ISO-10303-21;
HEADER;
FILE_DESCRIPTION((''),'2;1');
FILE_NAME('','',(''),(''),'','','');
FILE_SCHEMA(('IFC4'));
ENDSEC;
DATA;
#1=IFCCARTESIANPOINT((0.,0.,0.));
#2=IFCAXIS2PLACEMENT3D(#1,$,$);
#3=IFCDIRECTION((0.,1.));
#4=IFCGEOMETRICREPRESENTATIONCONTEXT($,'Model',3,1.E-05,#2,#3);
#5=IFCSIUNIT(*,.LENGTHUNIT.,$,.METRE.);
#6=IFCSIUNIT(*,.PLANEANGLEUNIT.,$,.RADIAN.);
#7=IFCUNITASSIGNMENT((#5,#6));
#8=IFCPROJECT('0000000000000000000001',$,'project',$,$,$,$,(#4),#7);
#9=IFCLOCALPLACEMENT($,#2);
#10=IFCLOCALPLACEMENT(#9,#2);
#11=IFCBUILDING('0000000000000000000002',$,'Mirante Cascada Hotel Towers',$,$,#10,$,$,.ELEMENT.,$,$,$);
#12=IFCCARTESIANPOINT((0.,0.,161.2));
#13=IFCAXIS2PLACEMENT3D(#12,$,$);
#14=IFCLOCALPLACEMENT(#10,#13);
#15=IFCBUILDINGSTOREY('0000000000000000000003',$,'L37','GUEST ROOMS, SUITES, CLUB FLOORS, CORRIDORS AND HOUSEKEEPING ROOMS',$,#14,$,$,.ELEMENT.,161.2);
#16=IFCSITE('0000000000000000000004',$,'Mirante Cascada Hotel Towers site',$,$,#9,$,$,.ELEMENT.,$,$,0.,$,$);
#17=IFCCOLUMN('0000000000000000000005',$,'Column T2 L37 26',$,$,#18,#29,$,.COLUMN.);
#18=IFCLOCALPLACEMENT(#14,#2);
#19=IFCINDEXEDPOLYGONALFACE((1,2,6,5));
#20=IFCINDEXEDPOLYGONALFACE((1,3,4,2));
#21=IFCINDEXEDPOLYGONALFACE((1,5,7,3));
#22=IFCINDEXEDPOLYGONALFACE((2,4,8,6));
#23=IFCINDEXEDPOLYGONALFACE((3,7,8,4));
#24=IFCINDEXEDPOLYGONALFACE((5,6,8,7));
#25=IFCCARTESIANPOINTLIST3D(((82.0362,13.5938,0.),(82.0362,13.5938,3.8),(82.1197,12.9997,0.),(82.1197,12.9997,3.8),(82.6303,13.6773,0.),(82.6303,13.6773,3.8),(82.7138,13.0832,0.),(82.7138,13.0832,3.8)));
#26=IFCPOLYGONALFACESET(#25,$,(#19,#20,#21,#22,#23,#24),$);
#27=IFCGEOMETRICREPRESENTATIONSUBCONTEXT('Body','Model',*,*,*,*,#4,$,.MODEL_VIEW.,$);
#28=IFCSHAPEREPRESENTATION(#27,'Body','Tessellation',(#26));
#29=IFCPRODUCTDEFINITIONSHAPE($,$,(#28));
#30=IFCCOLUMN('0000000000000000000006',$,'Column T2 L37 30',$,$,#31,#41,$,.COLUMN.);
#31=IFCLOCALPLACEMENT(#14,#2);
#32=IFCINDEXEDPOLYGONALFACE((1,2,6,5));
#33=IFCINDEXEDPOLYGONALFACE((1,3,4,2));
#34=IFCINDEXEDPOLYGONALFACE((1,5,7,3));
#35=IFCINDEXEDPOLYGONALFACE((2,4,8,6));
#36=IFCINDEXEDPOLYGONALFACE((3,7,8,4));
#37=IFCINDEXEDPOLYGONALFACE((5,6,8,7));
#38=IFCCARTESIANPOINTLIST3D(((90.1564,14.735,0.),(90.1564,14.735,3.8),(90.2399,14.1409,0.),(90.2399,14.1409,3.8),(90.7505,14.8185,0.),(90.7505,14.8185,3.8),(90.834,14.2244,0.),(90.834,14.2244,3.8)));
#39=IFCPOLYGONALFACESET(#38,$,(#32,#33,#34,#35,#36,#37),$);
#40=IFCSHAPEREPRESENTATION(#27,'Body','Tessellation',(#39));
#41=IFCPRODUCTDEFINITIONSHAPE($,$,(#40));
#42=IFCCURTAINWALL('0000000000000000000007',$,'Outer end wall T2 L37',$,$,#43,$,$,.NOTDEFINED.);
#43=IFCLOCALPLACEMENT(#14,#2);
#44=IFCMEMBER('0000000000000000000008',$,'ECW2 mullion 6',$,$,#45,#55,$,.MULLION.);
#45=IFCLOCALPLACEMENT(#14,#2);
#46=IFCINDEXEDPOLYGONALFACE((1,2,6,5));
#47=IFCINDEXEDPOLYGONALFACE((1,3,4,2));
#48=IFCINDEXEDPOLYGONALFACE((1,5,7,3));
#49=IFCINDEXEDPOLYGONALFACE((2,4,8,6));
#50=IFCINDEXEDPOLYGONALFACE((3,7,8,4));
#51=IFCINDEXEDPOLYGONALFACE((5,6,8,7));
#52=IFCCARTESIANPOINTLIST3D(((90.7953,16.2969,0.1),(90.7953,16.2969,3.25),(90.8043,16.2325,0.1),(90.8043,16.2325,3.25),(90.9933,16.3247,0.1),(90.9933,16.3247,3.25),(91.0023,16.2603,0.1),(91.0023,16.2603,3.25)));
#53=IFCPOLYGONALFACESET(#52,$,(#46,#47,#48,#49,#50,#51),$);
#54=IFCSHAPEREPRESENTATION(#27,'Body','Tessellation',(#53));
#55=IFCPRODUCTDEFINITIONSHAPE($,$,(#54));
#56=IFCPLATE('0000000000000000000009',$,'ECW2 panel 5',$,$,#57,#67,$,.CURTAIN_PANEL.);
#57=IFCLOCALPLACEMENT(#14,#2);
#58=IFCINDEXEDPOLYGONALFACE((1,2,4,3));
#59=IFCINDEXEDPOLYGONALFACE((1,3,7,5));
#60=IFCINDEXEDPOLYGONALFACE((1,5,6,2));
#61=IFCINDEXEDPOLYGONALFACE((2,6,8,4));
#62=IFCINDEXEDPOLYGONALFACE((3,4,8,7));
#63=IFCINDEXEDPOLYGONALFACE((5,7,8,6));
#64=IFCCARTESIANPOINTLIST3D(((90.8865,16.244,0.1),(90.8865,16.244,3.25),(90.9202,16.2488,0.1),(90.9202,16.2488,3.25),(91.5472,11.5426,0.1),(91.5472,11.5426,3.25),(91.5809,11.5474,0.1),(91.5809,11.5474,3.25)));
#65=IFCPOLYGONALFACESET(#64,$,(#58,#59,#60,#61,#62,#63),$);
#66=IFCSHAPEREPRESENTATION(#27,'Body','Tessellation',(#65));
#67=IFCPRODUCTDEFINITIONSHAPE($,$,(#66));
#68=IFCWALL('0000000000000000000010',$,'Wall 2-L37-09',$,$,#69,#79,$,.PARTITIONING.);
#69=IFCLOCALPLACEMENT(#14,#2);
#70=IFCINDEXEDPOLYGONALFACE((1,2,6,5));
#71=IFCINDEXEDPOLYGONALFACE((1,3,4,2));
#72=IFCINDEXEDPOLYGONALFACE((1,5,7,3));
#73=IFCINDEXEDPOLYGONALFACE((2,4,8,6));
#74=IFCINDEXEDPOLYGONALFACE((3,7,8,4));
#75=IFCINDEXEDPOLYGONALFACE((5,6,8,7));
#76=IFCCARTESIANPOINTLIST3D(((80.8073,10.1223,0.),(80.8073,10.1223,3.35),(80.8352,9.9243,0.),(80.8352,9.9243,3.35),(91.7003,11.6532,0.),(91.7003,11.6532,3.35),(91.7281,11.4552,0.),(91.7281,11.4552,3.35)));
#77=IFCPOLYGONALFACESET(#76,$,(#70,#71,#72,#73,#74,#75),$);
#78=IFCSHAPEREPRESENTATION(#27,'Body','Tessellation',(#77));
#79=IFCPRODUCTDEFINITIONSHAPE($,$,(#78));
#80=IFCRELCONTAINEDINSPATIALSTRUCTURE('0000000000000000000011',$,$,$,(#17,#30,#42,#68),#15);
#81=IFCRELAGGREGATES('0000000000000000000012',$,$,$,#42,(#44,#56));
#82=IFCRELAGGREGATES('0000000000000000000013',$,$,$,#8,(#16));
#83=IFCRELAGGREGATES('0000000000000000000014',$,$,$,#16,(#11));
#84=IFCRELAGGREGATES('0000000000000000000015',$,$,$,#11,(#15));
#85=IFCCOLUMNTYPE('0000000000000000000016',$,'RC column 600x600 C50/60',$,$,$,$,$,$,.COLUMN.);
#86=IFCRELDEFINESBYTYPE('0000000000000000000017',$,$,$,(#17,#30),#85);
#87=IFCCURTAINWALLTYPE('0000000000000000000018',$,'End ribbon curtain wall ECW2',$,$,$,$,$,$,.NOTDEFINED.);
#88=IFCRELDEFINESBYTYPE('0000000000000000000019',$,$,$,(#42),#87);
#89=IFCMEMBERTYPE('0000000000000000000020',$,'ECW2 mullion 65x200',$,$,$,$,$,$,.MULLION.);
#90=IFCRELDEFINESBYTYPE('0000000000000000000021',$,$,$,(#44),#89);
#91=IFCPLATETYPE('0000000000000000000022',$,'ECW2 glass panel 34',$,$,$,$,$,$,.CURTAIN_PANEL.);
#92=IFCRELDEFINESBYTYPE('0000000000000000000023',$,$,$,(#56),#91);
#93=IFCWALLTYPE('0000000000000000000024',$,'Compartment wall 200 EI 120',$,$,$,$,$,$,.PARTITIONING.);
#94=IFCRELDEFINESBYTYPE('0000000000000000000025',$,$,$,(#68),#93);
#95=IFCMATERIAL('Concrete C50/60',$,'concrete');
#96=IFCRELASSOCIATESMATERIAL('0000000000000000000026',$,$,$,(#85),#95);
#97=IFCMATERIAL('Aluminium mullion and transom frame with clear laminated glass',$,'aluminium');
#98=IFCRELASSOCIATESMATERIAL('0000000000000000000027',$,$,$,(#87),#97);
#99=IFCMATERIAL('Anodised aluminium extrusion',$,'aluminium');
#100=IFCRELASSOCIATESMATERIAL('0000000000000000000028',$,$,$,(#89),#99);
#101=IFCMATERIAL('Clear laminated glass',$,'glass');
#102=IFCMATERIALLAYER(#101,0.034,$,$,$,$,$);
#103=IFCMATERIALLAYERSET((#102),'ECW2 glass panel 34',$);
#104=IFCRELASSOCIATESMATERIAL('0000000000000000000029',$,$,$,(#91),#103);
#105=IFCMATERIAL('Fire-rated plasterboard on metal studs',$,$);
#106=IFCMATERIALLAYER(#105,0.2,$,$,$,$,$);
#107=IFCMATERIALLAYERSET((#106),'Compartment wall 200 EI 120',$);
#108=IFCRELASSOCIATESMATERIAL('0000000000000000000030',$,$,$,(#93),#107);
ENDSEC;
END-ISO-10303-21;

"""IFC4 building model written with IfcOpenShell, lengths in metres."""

from ifc_helpers import new_model, si_unit, direction, frame, frame_2d, origin, origin_2d, place, context, subcontext, project, spatial, rectangle, extrude, material, layer, layer_set, material_profile, profile_set, type_object, element, aggregate, save


model = new_model("IFC4")

# Units and contexts
model_context = context("Model", 3, precision=1e-05, world=origin(), true_north=direction((0.0, 1.0)))
body_context = subcontext(model_context, "Body", "Model", "MODEL_VIEW")
ifc_project = project(units=[si_unit("LENGTHUNIT", "METRE"), si_unit("PLANEANGLEUNIT", "RADIAN")], contexts=[model_context])

# Site, building, storey
site_placement = place(None, origin())
site = spatial("IfcSite", under=ifc_project, at=site_placement, Name="Mirante Cascada Hotel Towers site", CompositionType="ELEMENT", RefElevation=0.0)
building_placement = place(site_placement, origin())
building = spatial("IfcBuilding", under=site, at=building_placement, Name="Mirante Cascada Hotel Towers", CompositionType="ELEMENT")
storey_placement = place(building_placement, frame((0.0, 0.0, 161.2)))
storey = spatial("IfcBuildingStorey", under=building, at=storey_placement, Name="L37", Description="GUEST ROOMS, SUITES, CLUB FLOORS, CORRIDORS AND HOUSEKEEPING ROOMS", CompositionType="ELEMENT", Elevation=161.2)

# Columns
ifc_material_1 = material(Name="Concrete C50/60", Category="concrete")
ifc_material_profile_1 = material_profile(ifc_material_1, rectangle(XDim=0.6, YDim=0.6, at=origin_2d()), Name="RC column 600x600 C50/60")
ifc_profile_set_1 = profile_set([ifc_material_profile_1], Name="Concrete C50/60")
column_type = type_object("IfcColumnType", Name="RC column 600x600 C50/60", PredefinedType="COLUMN", material=ifc_profile_set_1)
for number, where, z_axis, x_axis, name in (
    (1, (82.375, 13.3385, 0.0), (0.0, 0.0, 1.0), (0.990268, 0.139173, 0.0), "Column T2 L37 26"),
    (2, (90.4952, 14.4797, 0.0), (0.0, 0.0, 1.0), (0.990268, 0.139173, 0.0), "Column T2 L37 30"),
):
    element("IfcColumn", number, at=place(storey_placement, frame(where, z_axis=z_axis, x_axis=x_axis)), inside=storey, type_object=column_type, Name=name, PredefinedType="COLUMN", context=body_context, shape_type="SweptSolid", body=[
        extrude(rectangle(XDim=0.6, YDim=0.6, at=origin_2d()), origin(), (0.0, 0.0, 1.0), 3.8),
    ])

# Curtain wall, member, plate
ifc_material_2 = material(Name="Aluminium mullion and transom frame with clear laminated glass", Category="aluminium")
curtain_wall_type = type_object("IfcCurtainWallType", Name="End ribbon curtain wall ECW2", PredefinedType="NOTDEFINED", material=ifc_material_2)
curtain_wall_placement = place(storey_placement, origin())
curtain_wall = element("IfcCurtainWall", 3, at=curtain_wall_placement, inside=storey, type_object=curtain_wall_type, Name="Outer end wall T2 L37", PredefinedType="NOTDEFINED")
ifc_material_3 = material(Name="Anodised aluminium extrusion", Category="aluminium")
ifc_material_profile_2 = material_profile(ifc_material_3, rectangle(XDim=0.2, YDim=0.065, at=origin_2d()), Name="ECW2 MULLION 65x200")
ifc_profile_set_2 = profile_set([ifc_material_profile_2], Name="Anodised aluminium extrusion")
member_type = type_object("IfcMemberType", Name="ECW2 mullion 65x200", PredefinedType="MULLION", material=ifc_profile_set_2)
member_placement = place(storey_placement, frame((90.8988, 16.2786, 0.1), z_axis=(0.0, 0.0, 1.0), x_axis=(-0.990268, -0.139173, 0.0)))
member = element("IfcMember", 4, at=member_placement, type_object=member_type, Name="ECW2 mullion 6", PredefinedType="MULLION", context=body_context, shape_type="SweptSolid", body=[
    extrude(rectangle(XDim=0.2, YDim=0.065, at=origin_2d()), origin(), (0.0, 0.0, 1.0), 3.15),
])
ifc_material_4 = material(Name="Clear laminated glass", Category="glass")
ifc_layer_1 = layer(ifc_material_4, 0.034)
ifc_layer_set_1 = layer_set([ifc_layer_1], Name="ECW2 glass panel 34")
plate_type = type_object("IfcPlateType", Name="ECW2 glass panel 34", PredefinedType="CURTAIN_PANEL", material=ifc_layer_set_1)
plate_placement = place(storey_placement, frame((91.2337, 13.8957, 0.1), z_axis=(0.0, 0.0, 1.0), x_axis=(-0.139173, 0.990268, 0.0)))
plate = element("IfcPlate", 5, at=plate_placement, type_object=plate_type, Name="ECW2 panel 5", PredefinedType="CURTAIN_PANEL", context=body_context, shape_type="SweptSolid", body=[
    extrude(rectangle(XDim=4.7476, YDim=0.034, at=origin_2d()), origin(), (0.0, 0.0, 1.0), 3.15),
])
aggregate(curtain_wall, [member, plate])

# Wall
ifc_material_5 = material(Name="Fire-rated plasterboard on metal studs")
ifc_layer_2 = layer(ifc_material_5, 0.2)
ifc_layer_set_2 = layer_set([ifc_layer_2], Name="Compartment wall 200 EI 120")
wall_type_1 = type_object("IfcWallType", Name="Compartment wall 200 EI 120", PredefinedType="PARTITIONING", material=ifc_layer_set_2)
wall_1_placement = place(storey_placement, frame((91.7142, 11.5542, 0.0), z_axis=(0.0, 0.0, 1.0), x_axis=(-0.990268, -0.139173, 0.0)))
element("IfcWall", 6, at=wall_1_placement, inside=storey, type_object=wall_type_1, Name="Wall 2-L37-09", PredefinedType="PARTITIONING", context=body_context, shape_type="SweptSolid", body=[
    extrude(rectangle(XDim=11.0, YDim=0.2, at=frame_2d((5.5, 0.0))), origin(), (0.0, 0.0, 1.0), 3.35),
])

save(model, "model.ifc")
